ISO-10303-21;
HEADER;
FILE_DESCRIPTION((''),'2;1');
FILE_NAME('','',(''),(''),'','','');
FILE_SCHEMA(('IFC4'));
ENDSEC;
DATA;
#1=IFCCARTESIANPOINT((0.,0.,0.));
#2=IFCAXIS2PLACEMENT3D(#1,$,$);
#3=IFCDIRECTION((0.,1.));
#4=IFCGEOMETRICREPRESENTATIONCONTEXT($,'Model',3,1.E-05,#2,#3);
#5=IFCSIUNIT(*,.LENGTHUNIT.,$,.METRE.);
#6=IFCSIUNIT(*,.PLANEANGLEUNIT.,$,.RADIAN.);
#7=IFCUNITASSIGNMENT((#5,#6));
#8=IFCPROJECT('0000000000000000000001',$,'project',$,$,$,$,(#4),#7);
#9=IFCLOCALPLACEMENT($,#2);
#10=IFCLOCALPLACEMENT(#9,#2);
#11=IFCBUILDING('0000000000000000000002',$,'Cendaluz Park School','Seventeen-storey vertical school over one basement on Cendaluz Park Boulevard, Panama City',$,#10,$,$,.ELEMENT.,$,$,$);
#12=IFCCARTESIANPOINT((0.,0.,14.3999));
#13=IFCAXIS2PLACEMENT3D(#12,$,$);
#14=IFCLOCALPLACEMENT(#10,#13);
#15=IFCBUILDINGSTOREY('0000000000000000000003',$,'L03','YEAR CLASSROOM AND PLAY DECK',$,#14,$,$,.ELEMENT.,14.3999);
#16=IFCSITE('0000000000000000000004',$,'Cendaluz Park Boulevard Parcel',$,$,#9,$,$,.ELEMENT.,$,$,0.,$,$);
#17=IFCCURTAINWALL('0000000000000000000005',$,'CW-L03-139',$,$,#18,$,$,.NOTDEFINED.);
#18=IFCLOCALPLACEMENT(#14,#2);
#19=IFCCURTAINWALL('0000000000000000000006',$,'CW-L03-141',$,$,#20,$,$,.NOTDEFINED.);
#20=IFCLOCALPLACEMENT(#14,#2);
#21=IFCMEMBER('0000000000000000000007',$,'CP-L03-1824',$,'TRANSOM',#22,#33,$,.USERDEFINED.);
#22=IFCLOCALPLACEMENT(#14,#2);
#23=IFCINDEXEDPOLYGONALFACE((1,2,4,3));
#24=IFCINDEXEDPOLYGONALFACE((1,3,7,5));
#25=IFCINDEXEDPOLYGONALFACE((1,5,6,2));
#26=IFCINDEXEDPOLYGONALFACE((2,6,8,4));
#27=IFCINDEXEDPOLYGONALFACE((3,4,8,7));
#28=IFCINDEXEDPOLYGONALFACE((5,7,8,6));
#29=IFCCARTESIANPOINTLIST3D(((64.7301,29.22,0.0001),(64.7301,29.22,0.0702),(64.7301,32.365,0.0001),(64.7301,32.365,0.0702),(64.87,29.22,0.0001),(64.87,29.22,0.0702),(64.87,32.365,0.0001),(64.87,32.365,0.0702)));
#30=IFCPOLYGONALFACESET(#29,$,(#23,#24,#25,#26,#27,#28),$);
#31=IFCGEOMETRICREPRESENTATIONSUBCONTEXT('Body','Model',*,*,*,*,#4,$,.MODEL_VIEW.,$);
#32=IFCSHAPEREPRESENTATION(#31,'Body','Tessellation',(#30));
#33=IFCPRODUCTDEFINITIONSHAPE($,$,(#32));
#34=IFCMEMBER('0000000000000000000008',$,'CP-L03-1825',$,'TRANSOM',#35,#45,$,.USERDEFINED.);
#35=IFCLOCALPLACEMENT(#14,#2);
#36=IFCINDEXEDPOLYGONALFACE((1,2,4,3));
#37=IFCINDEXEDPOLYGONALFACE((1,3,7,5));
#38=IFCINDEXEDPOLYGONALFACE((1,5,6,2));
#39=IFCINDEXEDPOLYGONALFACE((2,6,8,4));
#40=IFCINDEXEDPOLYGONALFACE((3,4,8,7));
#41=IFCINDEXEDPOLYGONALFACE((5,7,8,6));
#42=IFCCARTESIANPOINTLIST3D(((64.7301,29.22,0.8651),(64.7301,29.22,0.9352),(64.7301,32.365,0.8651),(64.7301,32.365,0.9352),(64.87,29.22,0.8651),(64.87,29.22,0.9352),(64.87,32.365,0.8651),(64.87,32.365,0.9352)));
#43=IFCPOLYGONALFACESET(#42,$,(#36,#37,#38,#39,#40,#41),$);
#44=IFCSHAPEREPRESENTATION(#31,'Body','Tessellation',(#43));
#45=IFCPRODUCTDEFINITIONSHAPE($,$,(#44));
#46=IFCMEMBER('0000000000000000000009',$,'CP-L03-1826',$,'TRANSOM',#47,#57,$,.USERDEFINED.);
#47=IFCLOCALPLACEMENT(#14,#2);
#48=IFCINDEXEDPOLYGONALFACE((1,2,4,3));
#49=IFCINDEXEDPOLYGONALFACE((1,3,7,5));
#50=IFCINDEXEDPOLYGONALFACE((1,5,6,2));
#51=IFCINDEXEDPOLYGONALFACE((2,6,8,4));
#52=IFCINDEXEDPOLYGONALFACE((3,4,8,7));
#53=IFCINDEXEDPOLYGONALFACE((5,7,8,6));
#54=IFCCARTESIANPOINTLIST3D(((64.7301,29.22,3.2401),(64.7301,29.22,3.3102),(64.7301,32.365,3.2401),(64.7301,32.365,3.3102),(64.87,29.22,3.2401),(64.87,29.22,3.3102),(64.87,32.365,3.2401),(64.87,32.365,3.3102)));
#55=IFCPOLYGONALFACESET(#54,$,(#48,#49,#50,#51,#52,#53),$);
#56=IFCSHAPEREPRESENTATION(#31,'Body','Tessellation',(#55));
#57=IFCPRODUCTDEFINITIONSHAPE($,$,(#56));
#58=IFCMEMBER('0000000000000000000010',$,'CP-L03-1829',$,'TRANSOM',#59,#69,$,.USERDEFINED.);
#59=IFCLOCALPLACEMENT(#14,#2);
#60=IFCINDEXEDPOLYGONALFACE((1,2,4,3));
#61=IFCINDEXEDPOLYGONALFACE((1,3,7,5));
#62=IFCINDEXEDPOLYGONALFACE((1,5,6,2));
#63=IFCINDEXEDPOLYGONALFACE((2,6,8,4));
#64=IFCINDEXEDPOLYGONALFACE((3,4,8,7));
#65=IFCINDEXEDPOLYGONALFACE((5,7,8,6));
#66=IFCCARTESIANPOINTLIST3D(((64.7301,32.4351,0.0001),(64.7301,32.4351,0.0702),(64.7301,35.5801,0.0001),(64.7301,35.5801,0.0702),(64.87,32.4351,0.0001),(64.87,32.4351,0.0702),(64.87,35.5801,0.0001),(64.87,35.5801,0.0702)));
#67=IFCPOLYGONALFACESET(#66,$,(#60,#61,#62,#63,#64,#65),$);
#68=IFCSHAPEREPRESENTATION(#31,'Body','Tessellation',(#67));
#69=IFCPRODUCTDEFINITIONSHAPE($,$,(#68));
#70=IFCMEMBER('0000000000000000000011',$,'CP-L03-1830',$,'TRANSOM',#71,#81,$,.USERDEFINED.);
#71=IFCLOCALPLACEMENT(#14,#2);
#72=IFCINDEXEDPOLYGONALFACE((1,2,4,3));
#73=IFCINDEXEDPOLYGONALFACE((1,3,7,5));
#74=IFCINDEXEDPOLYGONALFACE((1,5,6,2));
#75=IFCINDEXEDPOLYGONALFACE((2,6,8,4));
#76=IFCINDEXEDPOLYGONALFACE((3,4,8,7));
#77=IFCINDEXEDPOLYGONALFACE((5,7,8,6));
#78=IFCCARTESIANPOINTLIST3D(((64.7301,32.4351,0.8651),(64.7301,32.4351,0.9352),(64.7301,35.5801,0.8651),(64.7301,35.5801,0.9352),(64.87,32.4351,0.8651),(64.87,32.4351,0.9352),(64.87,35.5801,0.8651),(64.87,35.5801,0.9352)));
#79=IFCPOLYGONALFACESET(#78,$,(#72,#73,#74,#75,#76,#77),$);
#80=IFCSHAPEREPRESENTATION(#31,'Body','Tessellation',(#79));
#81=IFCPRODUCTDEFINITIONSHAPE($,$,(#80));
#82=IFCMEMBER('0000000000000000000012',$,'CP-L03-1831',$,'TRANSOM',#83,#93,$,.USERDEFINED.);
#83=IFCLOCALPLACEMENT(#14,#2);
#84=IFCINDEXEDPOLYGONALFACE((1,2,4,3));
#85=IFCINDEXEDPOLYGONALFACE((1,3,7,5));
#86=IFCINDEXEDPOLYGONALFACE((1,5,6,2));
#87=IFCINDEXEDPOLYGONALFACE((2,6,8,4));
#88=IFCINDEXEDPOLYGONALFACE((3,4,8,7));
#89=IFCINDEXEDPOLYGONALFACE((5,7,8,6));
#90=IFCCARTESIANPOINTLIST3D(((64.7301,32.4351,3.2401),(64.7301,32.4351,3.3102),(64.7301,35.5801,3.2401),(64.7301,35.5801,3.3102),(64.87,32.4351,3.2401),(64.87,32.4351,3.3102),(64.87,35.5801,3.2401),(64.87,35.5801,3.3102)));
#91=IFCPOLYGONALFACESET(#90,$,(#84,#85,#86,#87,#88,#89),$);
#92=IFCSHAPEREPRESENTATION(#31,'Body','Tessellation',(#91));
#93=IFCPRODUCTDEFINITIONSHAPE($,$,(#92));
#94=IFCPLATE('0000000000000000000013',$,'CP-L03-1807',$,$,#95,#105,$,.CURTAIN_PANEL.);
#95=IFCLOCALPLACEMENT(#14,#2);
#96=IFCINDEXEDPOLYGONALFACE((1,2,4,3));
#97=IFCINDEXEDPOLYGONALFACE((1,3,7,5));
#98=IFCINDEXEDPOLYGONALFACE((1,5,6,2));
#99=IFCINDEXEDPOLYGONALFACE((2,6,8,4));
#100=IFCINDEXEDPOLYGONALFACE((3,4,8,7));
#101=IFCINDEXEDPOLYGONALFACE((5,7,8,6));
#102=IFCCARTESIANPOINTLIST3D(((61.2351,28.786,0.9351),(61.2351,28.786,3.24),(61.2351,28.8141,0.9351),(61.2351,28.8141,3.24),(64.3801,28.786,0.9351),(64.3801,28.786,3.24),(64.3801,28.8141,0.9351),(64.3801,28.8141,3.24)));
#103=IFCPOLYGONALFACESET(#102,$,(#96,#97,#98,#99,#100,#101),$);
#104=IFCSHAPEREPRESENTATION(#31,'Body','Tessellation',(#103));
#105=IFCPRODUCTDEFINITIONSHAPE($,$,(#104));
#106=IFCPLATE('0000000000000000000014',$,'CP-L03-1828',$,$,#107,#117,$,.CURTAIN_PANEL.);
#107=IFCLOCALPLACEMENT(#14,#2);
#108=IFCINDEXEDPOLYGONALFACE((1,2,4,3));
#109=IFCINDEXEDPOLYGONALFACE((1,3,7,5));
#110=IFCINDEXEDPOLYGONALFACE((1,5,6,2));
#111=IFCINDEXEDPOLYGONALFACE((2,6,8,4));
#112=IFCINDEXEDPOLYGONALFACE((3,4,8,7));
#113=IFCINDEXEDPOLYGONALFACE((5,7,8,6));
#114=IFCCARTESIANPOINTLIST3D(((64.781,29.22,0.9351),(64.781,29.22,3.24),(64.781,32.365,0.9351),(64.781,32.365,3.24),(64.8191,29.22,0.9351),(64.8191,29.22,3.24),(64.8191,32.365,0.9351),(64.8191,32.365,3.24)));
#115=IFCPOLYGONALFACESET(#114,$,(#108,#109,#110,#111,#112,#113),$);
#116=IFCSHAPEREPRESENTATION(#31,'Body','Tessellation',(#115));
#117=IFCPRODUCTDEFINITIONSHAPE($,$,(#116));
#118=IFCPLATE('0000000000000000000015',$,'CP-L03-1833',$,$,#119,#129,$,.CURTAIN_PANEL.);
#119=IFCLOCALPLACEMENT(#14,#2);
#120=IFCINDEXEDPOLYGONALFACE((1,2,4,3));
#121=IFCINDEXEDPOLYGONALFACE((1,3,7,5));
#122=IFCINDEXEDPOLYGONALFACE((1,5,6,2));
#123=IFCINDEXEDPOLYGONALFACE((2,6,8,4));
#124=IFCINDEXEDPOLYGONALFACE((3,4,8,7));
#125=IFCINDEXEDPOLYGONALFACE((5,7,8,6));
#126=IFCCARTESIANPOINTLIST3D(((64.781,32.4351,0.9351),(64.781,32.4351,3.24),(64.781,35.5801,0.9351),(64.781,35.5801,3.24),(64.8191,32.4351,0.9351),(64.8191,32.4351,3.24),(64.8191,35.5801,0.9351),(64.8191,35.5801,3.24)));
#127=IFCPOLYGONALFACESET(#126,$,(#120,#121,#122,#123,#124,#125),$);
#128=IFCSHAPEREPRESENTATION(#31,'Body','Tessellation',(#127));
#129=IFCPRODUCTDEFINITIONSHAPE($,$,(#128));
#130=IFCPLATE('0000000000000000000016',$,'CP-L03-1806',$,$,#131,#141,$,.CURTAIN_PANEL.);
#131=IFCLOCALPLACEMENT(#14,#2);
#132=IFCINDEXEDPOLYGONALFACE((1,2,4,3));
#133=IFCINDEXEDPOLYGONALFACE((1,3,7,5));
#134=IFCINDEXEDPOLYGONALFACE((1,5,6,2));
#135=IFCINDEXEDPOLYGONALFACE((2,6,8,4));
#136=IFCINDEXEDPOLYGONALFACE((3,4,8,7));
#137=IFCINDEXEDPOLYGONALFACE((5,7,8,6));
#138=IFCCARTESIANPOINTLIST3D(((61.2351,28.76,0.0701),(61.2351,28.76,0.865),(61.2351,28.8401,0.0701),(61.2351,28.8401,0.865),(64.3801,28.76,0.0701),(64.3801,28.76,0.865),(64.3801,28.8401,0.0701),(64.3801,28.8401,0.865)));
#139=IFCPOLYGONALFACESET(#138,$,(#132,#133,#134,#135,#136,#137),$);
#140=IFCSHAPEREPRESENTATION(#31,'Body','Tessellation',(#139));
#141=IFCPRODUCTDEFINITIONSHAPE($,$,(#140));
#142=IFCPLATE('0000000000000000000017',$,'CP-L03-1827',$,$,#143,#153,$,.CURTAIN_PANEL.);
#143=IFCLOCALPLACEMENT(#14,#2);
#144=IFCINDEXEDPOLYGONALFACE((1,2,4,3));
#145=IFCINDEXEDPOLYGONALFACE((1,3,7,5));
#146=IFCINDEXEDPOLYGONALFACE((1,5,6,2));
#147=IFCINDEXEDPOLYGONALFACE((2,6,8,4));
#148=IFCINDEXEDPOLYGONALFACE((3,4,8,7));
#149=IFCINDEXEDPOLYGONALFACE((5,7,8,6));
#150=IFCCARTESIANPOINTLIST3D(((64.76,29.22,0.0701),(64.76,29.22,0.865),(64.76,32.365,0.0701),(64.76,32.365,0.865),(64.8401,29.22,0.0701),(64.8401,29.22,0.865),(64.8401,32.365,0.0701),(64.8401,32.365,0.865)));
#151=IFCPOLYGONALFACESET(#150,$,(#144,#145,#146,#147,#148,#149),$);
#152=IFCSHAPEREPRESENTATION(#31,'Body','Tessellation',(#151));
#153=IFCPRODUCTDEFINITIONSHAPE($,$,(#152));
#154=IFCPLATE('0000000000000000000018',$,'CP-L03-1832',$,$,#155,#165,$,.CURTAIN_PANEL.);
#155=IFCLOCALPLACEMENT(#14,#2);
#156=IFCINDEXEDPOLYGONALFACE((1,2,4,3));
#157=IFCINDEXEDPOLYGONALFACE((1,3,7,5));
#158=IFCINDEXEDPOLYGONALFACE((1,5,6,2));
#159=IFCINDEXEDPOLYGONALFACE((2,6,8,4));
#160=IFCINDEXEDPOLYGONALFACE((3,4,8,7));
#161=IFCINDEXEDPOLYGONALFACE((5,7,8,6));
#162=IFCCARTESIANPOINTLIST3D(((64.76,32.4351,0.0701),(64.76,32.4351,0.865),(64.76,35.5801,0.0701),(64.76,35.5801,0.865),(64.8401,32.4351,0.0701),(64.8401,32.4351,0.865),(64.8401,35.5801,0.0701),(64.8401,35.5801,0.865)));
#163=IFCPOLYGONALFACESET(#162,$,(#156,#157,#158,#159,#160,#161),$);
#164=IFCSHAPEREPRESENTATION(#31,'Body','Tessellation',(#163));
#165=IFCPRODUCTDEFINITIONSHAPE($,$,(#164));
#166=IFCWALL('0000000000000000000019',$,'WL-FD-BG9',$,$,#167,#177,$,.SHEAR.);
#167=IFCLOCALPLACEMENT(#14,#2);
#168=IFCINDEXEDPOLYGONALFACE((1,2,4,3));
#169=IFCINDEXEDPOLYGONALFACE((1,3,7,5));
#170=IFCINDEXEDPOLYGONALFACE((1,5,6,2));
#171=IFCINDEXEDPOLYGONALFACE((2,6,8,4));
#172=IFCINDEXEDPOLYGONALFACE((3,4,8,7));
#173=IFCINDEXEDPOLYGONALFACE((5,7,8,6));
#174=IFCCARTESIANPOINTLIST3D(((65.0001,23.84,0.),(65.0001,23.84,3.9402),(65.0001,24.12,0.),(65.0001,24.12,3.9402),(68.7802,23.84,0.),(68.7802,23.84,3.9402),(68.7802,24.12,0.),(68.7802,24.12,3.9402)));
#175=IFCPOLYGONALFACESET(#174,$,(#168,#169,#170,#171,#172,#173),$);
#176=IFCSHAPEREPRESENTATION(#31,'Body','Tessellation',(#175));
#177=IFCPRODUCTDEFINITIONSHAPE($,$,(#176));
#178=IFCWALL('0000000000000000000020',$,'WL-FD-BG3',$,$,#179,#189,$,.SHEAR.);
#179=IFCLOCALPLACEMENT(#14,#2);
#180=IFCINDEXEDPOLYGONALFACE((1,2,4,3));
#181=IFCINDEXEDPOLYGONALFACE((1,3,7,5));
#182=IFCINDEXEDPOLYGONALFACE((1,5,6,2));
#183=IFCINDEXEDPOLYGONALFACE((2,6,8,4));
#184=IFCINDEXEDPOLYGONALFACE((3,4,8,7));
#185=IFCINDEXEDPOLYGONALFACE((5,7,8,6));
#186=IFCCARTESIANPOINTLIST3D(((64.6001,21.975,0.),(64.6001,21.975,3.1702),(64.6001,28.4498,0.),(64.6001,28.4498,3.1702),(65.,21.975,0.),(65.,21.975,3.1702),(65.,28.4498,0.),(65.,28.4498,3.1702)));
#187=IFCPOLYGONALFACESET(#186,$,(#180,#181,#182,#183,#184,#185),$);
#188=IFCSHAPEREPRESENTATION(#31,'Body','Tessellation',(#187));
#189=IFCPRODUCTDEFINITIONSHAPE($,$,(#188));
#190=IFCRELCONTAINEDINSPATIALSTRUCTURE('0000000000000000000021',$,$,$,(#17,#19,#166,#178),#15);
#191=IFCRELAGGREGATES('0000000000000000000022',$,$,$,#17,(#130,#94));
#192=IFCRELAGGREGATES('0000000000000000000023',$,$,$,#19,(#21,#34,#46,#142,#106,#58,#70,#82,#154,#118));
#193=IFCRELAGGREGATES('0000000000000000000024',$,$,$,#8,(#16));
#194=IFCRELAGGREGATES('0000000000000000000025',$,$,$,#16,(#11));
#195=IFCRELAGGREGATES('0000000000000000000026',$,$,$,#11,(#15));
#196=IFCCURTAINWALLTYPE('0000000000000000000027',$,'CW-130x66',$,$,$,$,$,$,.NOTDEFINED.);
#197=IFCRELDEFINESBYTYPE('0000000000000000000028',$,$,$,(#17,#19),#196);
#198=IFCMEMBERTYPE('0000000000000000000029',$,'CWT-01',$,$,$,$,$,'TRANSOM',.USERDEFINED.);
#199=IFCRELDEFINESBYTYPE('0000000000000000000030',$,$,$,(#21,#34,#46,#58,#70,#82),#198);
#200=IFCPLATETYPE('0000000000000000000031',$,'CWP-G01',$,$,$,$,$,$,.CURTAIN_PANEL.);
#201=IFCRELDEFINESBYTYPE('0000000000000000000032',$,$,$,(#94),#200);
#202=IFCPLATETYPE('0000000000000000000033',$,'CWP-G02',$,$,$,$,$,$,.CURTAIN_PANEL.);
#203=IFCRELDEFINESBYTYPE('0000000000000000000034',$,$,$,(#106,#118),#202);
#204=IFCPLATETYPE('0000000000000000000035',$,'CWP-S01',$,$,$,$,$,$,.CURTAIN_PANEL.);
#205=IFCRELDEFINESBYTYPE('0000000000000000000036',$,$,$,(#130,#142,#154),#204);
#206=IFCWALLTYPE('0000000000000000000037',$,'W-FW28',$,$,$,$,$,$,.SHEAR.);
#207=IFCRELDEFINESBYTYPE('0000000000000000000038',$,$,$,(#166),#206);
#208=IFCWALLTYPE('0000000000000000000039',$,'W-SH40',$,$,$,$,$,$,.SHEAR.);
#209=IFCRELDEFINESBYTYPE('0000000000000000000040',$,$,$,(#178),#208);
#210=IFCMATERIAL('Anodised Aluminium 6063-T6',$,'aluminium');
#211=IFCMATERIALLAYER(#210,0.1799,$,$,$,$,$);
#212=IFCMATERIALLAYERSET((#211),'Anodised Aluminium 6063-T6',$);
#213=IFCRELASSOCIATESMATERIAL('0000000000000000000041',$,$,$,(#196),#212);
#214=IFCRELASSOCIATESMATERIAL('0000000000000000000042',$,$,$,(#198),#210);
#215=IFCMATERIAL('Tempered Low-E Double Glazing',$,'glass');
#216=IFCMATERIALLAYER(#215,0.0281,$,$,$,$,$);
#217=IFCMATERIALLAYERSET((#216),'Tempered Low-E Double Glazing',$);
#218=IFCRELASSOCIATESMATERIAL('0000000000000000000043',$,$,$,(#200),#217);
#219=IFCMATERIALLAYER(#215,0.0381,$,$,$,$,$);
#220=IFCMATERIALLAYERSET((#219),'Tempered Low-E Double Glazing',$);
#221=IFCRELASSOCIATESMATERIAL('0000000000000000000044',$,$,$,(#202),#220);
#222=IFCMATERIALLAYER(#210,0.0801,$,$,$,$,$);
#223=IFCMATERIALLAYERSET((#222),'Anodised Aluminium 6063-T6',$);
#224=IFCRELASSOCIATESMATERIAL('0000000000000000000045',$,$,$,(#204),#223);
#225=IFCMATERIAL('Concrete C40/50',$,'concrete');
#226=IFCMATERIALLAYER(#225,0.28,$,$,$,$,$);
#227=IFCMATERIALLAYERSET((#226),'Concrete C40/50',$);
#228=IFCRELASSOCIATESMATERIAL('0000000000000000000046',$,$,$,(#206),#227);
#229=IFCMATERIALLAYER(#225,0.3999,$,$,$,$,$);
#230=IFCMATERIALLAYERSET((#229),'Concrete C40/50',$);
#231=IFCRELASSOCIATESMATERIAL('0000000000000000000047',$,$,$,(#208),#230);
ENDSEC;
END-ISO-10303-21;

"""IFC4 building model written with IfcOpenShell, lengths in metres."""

from ifc_helpers import new_model, si_unit, direction, frame, frame_2d, origin, origin_2d, place, context, subcontext, project, spatial, rectangle, extrude, material, layer, layer_set, material_profile, profile_set, type_object, element, aggregate, save


model = new_model("IFC4")

# Units and contexts
model_context = context("Model", 3, precision=1e-05, world=origin(), true_north=direction((0.0, 1.0)))
body_context = subcontext(model_context, "Body", "Model", "MODEL_VIEW")
ifc_project = project(units=[si_unit("LENGTHUNIT", "METRE"), si_unit("PLANEANGLEUNIT", "RADIAN")], contexts=[model_context])

# Site, building, storey
site_placement = place(None, origin())
site = spatial("IfcSite", under=ifc_project, at=site_placement, Name="Cendaluz Park Boulevard Parcel", CompositionType="ELEMENT", RefElevation=0.0)
building_placement = place(site_placement, origin())
building = spatial("IfcBuilding", under=site, at=building_placement, Name="Cendaluz Park School", Description="Seventeen-storey vertical school over one basement on Cendaluz Park Boulevard, Panama City", CompositionType="ELEMENT")
storey_placement = place(building_placement, frame((0.0, 0.0, 14.3999)))
storey = spatial("IfcBuildingStorey", under=building, at=storey_placement, Name="L03", Description="YEAR CLASSROOM AND PLAY DECK", CompositionType="ELEMENT", Elevation=14.3999)

# Shared definitions
ifc_material_1 = material(Name="Concrete C40/50", Category="concrete")

# Curtain wall
ifc_material_2 = material(Name="Anodised Aluminium 6063-T6", Category="aluminium")
ifc_layer_1 = layer(ifc_material_2, 0.1799)
ifc_layer_set_1 = layer_set([ifc_layer_1], Name="Anodised Aluminium 6063-T6")
curtain_wall_type = type_object("IfcCurtainWallType", Name="CW-130x66", PredefinedType="NOTDEFINED", material=ifc_layer_set_1)
curtain_wall_1_placement = place(storey_placement, origin())
curtain_wall_1 = element("IfcCurtainWall", 1, at=curtain_wall_1_placement, inside=storey, type_object=curtain_wall_type, Name="CW-L03-139", PredefinedType="NOTDEFINED")

# Curtain wall
curtain_wall_2_placement = place(storey_placement, origin())
curtain_wall_2 = element("IfcCurtainWall", 2, at=curtain_wall_2_placement, inside=storey, type_object=curtain_wall_type, Name="CW-L03-141", PredefinedType="NOTDEFINED")

# Members
ifc_material_profile_1 = material_profile(ifc_material_2, rectangle(XDim=0.1399, YDim=0.0701, at=origin_2d()), Name="CWT 140x70", Category="aluminium")
ifc_profile_set_1 = profile_set([ifc_material_profile_1], Name="Anodised Aluminium 6063-T6")
member_type_1 = type_object("IfcMemberType", Name="CWT-01", ElementType="TRANSOM", PredefinedType="USERDEFINED", material=ifc_profile_set_1)
member_1_placement = place(storey_placement, frame((64.8, 29.22, 0.0352), z_axis=(0.0, 1.0, 0.0), x_axis=(-1.0, 0.0, 0.0)))
member_1 = element("IfcMember", 3, at=member_1_placement, type_object=member_type_1, Name="CP-L03-1824", ObjectType="TRANSOM", PredefinedType="USERDEFINED", context=body_context, shape_type="SweptSolid", body=[
    extrude(rectangle(XDim=0.1399, YDim=0.0701, at=origin_2d()), origin(), (0.0, 0.0, 1.0), 3.145),
])
member_2_placement = place(storey_placement, frame((64.8, 29.22, 0.9001), z_axis=(0.0, 1.0, 0.0), x_axis=(-1.0, 0.0, 0.0)))
member_2 = element("IfcMember", 4, at=member_2_placement, type_object=member_type_1, Name="CP-L03-1825", ObjectType="TRANSOM", PredefinedType="USERDEFINED", context=body_context, shape_type="SweptSolid", body=[
    extrude(rectangle(XDim=0.1399, YDim=0.0701, at=origin_2d()), origin(), (0.0, 0.0, 1.0), 3.145),
])
member_3_placement = place(storey_placement, frame((64.8, 29.22, 3.2751), z_axis=(0.0, 1.0, 0.0), x_axis=(-1.0, 0.0, 0.0)))
member_3 = element("IfcMember", 5, at=member_3_placement, type_object=member_type_1, Name="CP-L03-1826", ObjectType="TRANSOM", PredefinedType="USERDEFINED", context=body_context, shape_type="SweptSolid", body=[
    extrude(rectangle(XDim=0.1399, YDim=0.0701, at=origin_2d()), origin(), (0.0, 0.0, 1.0), 3.145),
])
member_4_placement = place(storey_placement, frame((64.8, 32.4351, 0.0352), z_axis=(0.0, 1.0, 0.0), x_axis=(-1.0, 0.0, 0.0)))
member_4 = element("IfcMember", 6, at=member_4_placement, type_object=member_type_1, Name="CP-L03-1829", ObjectType="TRANSOM", PredefinedType="USERDEFINED", context=body_context, shape_type="SweptSolid", body=[
    extrude(rectangle(XDim=0.1399, YDim=0.0701, at=origin_2d()), origin(), (0.0, 0.0, 1.0), 3.145),
])
member_5_placement = place(storey_placement, frame((64.8, 32.4351, 0.9001), z_axis=(0.0, 1.0, 0.0), x_axis=(-1.0, 0.0, 0.0)))
member_5 = element("IfcMember", 7, at=member_5_placement, type_object=member_type_1, Name="CP-L03-1830", ObjectType="TRANSOM", PredefinedType="USERDEFINED", context=body_context, shape_type="SweptSolid", body=[
    extrude(rectangle(XDim=0.1399, YDim=0.0701, at=origin_2d()), origin(), (0.0, 0.0, 1.0), 3.145),
])
member_6_placement = place(storey_placement, frame((64.8, 32.4351, 3.2751), z_axis=(0.0, 1.0, 0.0), x_axis=(-1.0, 0.0, 0.0)))
member_6 = element("IfcMember", 8, at=member_6_placement, type_object=member_type_1, Name="CP-L03-1831", ObjectType="TRANSOM", PredefinedType="USERDEFINED", context=body_context, shape_type="SweptSolid", body=[
    extrude(rectangle(XDim=0.1399, YDim=0.0701, at=origin_2d()), origin(), (0.0, 0.0, 1.0), 3.145),
])

# Plates
ifc_material_3 = material(Name="Tempered Low-E Double Glazing", Category="glass")
ifc_layer_2 = layer(ifc_material_3, 0.0281)
ifc_layer_set_2 = layer_set([ifc_layer_2], Name="Tempered Low-E Double Glazing")
plate_type_1 = type_object("IfcPlateType", Name="CWP-G01", PredefinedType="CURTAIN_PANEL", material=ifc_layer_set_2)
plate_1_placement = place(storey_placement, frame((62.8076, 28.8, 0.9351), z_axis=(0.0, 0.0, 1.0), x_axis=(1.0, 0.0, 0.0)))
plate_1 = element("IfcPlate", 9, at=plate_1_placement, type_object=plate_type_1, Name="CP-L03-1807", PredefinedType="CURTAIN_PANEL", context=body_context, shape_type="SweptSolid", body=[
    extrude(rectangle(XDim=3.145, YDim=0.0281, at=origin_2d()), origin(), (0.0, 0.0, 1.0), 2.3049),
])
ifc_layer_3 = layer(ifc_material_3, 0.0381)
ifc_layer_set_3 = layer_set([ifc_layer_3], Name="Tempered Low-E Double Glazing")
plate_type_2 = type_object("IfcPlateType", Name="CWP-G02", PredefinedType="CURTAIN_PANEL", material=ifc_layer_set_3)
plate_2_placement = place(storey_placement, frame((64.8, 30.7925, 0.9351), z_axis=(0.0, 0.0, 1.0), x_axis=(0.0, 1.0, 0.0)))
plate_2 = element("IfcPlate", 10, at=plate_2_placement, type_object=plate_type_2, Name="CP-L03-1828", PredefinedType="CURTAIN_PANEL", context=body_context, shape_type="SweptSolid", body=[
    extrude(rectangle(XDim=3.145, YDim=0.0381, at=origin_2d()), origin(), (0.0, 0.0, 1.0), 2.3049),
])
plate_3_placement = place(storey_placement, frame((64.8, 34.0076, 0.9351), z_axis=(0.0, 0.0, 1.0), x_axis=(0.0, 1.0, 0.0)))
plate_3 = element("IfcPlate", 11, at=plate_3_placement, type_object=plate_type_2, Name="CP-L03-1833", PredefinedType="CURTAIN_PANEL", context=body_context, shape_type="SweptSolid", body=[
    extrude(rectangle(XDim=3.145, YDim=0.0381, at=origin_2d()), origin(), (0.0, 0.0, 1.0), 2.3049),
])
ifc_layer_4 = layer(ifc_material_2, 0.0801)
ifc_layer_set_4 = layer_set([ifc_layer_4], Name="Anodised Aluminium 6063-T6")
plate_type_3 = type_object("IfcPlateType", Name="CWP-S01", PredefinedType="CURTAIN_PANEL", material=ifc_layer_set_4)
plate_4_placement = place(storey_placement, frame((62.8076, 28.8, 0.0701), z_axis=(0.0, 0.0, 1.0), x_axis=(1.0, 0.0, 0.0)))
plate_4 = element("IfcPlate", 12, at=plate_4_placement, type_object=plate_type_3, Name="CP-L03-1806", PredefinedType="CURTAIN_PANEL", context=body_context, shape_type="SweptSolid", body=[
    extrude(rectangle(XDim=3.145, YDim=0.0801, at=origin_2d()), origin(), (0.0, 0.0, 1.0), 0.7949),
])
aggregate(curtain_wall_1, [plate_4, plate_1])
plate_5_placement = place(storey_placement, frame((64.8, 30.7925, 0.0701), z_axis=(0.0, 0.0, 1.0), x_axis=(0.0, 1.0, 0.0)))
plate_5 = element("IfcPlate", 13, at=plate_5_placement, type_object=plate_type_3, Name="CP-L03-1827", PredefinedType="CURTAIN_PANEL", context=body_context, shape_type="SweptSolid", body=[
    extrude(rectangle(XDim=3.145, YDim=0.0801, at=origin_2d()), origin(), (0.0, 0.0, 1.0), 0.7949),
])
plate_6_placement = place(storey_placement, frame((64.8, 34.0076, 0.0701), z_axis=(0.0, 0.0, 1.0), x_axis=(0.0, 1.0, 0.0)))
plate_6 = element("IfcPlate", 14, at=plate_6_placement, type_object=plate_type_3, Name="CP-L03-1832", PredefinedType="CURTAIN_PANEL", context=body_context, shape_type="SweptSolid", body=[
    extrude(rectangle(XDim=3.145, YDim=0.0801, at=origin_2d()), origin(), (0.0, 0.0, 1.0), 0.7949),
])
aggregate(curtain_wall_2, [member_1, member_2, member_3, plate_5, plate_2, member_4, member_5, member_6, plate_6, plate_3])

# Walls
ifc_layer_5 = layer(ifc_material_1, 0.28)
ifc_layer_set_5 = layer_set([ifc_layer_5], Name="Concrete C40/50")
wall_type_1 = type_object("IfcWallType", Name="W-FW28", PredefinedType="SHEAR", material=ifc_layer_set_5)
wall_1_placement = place(storey_placement, frame((65.0, 23.98, 0.0), z_axis=(0.0, 0.0, 1.0), x_axis=(1.0, 0.0, 0.0)))
element("IfcWall", 15, at=wall_1_placement, inside=storey, type_object=wall_type_1, Name="WL-FD-BG9", PredefinedType="SHEAR", context=body_context, shape_type="SweptSolid", body=[
    extrude(rectangle(XDim=3.78, YDim=0.28, at=frame_2d((1.8901, 0.0))), origin(), (0.0, 0.0, 1.0), 3.9402),
])
ifc_layer_6 = layer(ifc_material_1, 0.3999)
ifc_layer_set_6 = layer_set([ifc_layer_6], Name="Concrete C40/50")
wall_type_2 = type_object("IfcWallType", Name="W-SH40", PredefinedType="SHEAR", material=ifc_layer_set_6)
wall_2_placement = place(storey_placement, frame((64.8, 21.9751, 0.0), z_axis=(0.0, 0.0, 1.0), x_axis=(0.0, 1.0, 0.0)))
element("IfcWall", 16, at=wall_2_placement, inside=storey, type_object=wall_type_2, Name="WL-FD-BG3", PredefinedType="SHEAR", context=body_context, shape_type="SweptSolid", body=[
    extrude(rectangle(XDim=6.4749, YDim=0.3999, at=frame_2d((3.2373, 0.0))), origin(), (0.0, 0.0, 1.0), 3.1702),
])

save(model, "model.ifc")
